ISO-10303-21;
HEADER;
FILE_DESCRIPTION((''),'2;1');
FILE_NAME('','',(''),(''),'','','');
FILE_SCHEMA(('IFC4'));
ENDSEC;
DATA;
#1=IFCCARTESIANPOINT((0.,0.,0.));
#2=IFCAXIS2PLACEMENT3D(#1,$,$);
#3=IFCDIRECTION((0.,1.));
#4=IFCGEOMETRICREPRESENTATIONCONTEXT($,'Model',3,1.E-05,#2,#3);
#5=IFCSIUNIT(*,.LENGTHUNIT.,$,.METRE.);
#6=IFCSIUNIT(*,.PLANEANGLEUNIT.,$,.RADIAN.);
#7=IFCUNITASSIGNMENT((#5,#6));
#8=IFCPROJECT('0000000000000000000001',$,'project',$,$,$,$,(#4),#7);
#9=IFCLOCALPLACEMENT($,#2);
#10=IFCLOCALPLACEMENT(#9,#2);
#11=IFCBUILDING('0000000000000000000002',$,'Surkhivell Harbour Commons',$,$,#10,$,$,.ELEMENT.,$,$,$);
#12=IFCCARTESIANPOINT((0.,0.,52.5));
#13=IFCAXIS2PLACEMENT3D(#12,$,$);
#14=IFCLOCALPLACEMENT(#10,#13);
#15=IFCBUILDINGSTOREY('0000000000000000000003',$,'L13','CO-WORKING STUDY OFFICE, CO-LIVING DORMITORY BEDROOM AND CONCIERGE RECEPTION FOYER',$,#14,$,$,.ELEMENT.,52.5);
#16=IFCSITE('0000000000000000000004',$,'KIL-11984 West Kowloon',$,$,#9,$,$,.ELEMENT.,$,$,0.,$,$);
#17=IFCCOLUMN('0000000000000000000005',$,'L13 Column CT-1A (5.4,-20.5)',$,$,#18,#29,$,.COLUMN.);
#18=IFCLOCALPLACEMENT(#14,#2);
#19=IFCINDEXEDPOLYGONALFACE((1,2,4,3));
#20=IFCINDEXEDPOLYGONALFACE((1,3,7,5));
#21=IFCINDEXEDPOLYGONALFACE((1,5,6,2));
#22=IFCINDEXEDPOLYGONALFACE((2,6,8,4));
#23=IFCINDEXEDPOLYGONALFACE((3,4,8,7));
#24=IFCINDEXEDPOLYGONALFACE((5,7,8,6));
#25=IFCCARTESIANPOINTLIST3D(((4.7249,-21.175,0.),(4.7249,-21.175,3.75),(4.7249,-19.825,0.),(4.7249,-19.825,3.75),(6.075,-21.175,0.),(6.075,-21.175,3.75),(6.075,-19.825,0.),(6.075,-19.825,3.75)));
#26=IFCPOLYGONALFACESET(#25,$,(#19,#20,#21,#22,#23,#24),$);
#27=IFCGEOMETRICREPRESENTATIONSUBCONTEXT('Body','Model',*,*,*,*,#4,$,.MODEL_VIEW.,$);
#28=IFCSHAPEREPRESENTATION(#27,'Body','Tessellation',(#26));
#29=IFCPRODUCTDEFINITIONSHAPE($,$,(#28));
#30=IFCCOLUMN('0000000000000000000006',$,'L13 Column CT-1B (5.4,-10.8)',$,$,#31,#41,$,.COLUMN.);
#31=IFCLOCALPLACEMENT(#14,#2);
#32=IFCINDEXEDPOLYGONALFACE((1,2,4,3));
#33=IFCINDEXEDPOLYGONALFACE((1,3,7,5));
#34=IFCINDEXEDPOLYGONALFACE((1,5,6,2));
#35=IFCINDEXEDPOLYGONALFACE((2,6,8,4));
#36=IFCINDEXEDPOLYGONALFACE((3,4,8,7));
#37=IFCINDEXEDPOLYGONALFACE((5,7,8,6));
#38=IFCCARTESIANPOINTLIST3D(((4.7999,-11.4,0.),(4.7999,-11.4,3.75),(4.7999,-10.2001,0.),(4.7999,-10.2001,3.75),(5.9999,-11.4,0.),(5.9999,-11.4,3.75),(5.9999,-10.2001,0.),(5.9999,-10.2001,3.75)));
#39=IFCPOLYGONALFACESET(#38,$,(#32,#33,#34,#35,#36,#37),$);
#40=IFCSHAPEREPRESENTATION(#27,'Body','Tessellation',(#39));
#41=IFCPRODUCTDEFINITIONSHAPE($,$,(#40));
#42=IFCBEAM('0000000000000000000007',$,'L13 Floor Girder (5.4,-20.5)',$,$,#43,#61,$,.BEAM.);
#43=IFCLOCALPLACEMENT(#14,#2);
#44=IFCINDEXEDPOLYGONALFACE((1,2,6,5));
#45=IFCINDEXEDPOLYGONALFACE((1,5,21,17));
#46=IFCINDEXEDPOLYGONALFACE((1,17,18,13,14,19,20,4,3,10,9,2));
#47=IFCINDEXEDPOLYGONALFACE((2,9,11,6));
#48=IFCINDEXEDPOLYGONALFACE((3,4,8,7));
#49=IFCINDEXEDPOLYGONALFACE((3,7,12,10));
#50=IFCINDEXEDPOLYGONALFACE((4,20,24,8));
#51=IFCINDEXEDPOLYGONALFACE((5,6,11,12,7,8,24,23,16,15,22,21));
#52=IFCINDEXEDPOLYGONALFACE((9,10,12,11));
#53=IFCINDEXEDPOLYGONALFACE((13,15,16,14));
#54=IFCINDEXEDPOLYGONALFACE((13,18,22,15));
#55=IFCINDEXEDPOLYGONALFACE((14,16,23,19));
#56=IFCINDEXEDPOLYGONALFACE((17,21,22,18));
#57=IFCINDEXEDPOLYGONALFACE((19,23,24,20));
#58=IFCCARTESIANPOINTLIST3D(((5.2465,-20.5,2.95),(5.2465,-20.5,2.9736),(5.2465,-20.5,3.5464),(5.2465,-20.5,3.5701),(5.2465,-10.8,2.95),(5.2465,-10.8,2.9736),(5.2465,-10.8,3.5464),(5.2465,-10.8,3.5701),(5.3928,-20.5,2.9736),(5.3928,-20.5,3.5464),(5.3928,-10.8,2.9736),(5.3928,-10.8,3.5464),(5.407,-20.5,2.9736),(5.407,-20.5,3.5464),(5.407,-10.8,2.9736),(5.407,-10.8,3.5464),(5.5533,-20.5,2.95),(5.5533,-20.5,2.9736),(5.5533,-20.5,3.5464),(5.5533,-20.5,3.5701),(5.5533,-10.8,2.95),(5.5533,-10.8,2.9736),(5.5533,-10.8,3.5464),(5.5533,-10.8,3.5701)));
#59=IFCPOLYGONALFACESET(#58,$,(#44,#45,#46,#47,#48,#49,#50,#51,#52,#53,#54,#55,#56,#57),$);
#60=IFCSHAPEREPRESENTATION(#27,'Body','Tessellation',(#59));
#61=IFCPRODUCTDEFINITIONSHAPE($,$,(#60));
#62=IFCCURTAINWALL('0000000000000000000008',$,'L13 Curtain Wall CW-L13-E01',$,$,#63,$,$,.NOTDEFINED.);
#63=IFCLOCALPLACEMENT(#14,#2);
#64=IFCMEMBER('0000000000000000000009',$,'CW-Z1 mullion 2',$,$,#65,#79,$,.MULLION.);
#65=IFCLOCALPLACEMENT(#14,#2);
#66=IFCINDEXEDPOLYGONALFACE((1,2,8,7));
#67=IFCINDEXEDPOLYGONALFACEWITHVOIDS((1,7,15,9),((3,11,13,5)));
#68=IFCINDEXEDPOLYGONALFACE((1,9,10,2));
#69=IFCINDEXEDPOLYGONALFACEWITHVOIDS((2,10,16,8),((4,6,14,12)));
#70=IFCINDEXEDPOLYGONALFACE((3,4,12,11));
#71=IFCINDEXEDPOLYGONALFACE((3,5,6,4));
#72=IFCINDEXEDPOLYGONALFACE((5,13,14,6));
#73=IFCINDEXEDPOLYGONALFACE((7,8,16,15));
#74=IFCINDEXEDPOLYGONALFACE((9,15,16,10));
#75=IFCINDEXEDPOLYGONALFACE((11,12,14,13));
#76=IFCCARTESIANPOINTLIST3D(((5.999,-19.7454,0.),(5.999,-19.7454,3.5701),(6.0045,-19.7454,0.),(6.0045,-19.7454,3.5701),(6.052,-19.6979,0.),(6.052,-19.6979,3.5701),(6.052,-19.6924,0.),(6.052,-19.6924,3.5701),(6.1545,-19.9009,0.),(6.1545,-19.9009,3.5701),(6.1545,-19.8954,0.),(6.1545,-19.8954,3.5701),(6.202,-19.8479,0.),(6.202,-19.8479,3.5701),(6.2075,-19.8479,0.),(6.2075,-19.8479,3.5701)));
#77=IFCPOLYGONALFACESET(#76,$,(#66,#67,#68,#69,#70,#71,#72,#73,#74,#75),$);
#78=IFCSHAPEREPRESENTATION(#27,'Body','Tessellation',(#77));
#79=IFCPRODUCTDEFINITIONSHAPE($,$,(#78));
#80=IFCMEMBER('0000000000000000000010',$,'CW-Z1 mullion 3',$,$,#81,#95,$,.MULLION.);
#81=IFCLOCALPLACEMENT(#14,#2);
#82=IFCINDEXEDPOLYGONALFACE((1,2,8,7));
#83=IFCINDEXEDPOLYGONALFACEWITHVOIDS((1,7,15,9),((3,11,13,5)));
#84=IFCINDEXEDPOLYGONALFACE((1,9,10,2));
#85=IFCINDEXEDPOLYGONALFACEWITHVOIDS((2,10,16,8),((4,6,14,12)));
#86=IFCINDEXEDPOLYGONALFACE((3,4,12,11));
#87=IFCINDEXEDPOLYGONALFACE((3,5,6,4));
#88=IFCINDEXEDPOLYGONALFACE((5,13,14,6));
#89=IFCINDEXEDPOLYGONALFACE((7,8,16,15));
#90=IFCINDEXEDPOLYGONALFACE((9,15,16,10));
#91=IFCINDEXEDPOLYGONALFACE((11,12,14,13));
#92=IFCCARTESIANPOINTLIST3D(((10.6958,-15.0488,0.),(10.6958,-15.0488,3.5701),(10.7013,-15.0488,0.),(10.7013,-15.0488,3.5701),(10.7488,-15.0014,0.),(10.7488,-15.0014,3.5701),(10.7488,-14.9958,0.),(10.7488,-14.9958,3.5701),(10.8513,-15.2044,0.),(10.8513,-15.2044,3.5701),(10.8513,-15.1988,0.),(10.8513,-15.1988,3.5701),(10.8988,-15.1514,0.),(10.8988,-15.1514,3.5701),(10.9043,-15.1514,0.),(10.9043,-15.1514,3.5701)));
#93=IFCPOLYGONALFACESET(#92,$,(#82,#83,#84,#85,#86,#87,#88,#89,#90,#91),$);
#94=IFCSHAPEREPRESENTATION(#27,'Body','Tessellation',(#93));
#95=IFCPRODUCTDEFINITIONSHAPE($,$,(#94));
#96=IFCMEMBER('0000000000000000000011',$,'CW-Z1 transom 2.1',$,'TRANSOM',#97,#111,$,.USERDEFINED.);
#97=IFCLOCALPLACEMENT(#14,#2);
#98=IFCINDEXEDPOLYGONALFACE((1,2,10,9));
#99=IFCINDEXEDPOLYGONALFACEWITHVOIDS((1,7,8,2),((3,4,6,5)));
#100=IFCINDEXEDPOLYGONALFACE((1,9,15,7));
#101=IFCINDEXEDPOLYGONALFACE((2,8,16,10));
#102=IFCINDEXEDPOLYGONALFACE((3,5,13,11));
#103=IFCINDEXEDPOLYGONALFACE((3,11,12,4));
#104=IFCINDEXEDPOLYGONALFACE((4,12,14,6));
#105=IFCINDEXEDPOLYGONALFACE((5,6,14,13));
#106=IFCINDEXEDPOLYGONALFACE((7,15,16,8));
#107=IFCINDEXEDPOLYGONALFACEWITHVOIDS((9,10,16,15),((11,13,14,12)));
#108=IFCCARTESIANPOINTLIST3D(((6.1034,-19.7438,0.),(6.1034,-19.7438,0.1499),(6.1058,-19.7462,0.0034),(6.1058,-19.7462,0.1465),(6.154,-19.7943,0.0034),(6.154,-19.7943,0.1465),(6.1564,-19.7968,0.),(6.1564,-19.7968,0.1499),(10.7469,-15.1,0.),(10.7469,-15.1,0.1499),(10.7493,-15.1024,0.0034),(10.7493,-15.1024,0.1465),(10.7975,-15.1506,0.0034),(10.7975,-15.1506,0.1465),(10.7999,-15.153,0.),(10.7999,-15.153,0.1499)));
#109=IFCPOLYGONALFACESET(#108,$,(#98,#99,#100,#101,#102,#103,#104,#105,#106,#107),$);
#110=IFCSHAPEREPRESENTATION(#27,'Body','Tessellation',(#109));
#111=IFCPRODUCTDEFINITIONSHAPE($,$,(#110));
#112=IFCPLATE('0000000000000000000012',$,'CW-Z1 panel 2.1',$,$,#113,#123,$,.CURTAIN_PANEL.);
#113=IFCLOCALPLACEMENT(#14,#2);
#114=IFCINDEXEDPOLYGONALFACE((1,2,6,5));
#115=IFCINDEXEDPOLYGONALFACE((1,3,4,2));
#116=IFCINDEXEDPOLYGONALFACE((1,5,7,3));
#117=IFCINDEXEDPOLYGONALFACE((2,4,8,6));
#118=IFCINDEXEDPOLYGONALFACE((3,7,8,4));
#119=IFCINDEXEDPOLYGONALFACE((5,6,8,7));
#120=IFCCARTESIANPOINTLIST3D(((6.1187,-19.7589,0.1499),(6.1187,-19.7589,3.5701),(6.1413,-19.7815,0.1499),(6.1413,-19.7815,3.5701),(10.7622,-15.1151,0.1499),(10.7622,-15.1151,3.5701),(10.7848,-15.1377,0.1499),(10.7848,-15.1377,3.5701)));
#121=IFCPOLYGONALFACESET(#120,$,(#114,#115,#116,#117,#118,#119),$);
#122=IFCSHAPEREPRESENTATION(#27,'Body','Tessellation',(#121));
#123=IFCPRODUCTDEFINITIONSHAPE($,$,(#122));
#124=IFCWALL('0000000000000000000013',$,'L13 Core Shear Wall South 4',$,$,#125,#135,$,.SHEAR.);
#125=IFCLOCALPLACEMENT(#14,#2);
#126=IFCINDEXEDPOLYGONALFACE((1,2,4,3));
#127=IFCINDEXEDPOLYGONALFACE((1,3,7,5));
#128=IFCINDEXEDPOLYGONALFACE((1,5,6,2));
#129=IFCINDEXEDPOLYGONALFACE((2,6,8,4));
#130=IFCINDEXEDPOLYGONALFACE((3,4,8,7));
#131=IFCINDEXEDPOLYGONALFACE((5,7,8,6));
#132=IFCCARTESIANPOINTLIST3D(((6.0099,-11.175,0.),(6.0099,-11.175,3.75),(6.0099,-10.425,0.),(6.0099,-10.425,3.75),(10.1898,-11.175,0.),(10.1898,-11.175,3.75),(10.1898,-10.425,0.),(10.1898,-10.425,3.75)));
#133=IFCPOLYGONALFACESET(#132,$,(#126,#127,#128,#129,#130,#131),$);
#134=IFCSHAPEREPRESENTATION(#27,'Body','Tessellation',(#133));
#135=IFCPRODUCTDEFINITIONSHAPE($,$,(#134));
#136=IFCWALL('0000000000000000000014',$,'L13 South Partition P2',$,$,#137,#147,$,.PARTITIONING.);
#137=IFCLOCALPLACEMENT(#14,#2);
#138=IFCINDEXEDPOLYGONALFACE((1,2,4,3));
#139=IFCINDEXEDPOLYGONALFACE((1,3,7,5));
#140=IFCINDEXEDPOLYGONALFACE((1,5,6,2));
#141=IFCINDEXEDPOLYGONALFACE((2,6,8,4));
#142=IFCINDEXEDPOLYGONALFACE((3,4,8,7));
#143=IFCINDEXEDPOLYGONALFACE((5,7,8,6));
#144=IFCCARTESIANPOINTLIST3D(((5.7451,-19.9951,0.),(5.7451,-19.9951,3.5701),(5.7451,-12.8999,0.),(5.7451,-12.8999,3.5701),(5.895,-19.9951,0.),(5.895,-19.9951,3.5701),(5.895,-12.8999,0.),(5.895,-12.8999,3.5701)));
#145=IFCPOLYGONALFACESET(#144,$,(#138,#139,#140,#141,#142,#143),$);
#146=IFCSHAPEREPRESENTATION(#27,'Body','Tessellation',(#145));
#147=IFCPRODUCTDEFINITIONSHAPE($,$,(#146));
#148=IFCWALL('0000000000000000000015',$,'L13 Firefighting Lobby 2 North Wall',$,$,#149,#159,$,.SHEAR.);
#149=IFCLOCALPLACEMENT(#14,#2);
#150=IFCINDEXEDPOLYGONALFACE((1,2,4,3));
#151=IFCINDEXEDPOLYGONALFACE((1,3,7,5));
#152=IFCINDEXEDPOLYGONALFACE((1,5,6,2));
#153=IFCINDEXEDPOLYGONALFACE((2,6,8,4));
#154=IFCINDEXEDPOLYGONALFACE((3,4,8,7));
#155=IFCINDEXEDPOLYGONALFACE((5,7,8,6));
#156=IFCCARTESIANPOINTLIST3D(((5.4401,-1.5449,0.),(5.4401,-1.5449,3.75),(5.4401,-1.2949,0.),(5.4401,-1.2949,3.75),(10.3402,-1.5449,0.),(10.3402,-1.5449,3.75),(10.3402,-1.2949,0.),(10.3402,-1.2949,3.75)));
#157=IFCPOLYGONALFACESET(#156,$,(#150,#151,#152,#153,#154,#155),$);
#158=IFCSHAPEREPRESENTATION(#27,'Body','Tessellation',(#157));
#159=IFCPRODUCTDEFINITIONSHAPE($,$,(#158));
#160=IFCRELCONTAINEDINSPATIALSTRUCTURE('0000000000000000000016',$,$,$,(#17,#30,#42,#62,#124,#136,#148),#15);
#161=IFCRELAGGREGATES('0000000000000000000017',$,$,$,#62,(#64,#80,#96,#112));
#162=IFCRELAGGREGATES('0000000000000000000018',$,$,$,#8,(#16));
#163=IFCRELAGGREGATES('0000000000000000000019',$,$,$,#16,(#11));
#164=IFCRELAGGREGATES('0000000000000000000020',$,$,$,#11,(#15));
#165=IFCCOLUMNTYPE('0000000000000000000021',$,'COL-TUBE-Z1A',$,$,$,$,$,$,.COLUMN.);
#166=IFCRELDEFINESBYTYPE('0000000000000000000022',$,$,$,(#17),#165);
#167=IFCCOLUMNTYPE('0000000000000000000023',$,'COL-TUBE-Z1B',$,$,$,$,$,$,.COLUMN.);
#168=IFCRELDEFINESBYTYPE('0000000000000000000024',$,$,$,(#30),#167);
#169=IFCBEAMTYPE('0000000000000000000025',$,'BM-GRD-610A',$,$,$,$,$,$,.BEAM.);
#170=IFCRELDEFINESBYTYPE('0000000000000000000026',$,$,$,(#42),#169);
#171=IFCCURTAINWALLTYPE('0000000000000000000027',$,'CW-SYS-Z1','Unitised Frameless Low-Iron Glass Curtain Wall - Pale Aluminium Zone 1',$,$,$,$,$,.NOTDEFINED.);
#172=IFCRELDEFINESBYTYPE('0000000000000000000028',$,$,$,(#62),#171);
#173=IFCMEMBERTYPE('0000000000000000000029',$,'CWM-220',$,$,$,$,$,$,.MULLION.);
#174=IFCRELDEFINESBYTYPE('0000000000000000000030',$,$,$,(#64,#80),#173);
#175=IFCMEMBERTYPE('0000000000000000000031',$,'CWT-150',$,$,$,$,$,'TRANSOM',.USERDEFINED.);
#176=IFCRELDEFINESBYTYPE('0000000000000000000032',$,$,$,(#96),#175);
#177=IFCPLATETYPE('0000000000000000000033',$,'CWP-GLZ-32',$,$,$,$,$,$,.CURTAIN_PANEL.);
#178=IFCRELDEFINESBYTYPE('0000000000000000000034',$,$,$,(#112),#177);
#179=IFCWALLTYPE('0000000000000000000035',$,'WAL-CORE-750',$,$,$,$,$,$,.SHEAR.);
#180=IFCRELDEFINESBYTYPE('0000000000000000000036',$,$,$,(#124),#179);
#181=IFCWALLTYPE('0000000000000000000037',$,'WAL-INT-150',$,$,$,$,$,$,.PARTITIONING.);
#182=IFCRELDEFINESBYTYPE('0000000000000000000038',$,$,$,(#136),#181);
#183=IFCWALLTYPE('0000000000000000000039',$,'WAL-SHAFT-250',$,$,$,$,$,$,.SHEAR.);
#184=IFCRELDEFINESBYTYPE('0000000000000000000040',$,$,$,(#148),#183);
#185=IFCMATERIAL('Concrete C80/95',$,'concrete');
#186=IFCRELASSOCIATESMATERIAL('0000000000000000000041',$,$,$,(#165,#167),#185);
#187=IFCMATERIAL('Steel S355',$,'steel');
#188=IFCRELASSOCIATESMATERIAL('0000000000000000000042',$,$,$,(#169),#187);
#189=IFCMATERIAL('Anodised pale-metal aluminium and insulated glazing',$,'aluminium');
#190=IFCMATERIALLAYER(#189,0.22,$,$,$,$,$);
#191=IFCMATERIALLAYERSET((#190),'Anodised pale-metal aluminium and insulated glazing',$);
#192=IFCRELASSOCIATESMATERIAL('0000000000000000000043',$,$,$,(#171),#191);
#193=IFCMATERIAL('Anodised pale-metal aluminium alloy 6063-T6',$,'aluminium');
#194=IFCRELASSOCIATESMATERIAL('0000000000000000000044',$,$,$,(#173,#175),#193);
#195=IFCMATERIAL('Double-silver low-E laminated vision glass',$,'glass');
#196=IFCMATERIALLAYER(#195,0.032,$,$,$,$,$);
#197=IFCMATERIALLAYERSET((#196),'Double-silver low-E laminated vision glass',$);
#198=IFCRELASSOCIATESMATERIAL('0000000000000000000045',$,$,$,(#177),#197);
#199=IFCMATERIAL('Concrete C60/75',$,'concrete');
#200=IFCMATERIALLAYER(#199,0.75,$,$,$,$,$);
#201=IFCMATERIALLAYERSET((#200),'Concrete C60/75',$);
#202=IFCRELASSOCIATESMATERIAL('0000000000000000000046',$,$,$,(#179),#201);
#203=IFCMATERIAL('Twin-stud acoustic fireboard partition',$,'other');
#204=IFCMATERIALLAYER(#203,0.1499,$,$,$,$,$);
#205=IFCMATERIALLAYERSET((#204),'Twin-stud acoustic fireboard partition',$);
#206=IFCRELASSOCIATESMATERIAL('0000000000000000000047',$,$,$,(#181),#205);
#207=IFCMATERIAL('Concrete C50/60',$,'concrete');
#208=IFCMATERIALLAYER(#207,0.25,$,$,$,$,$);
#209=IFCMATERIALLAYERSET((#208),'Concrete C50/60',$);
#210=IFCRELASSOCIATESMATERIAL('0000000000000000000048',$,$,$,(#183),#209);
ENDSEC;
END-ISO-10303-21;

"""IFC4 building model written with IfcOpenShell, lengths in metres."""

from ifc_helpers import new_model, si_unit, direction, frame, frame_2d, origin, origin_2d, place, context, subcontext, project, spatial, rectangle, hollow_rectangle, i_section, extrude, material, layer, layer_set, material_profile, profile_set, type_object, element, aggregate, save


model = new_model("IFC4")

# Units and contexts
model_context = context("Model", 3, precision=1e-05, world=origin(), true_north=direction((0.0, 1.0)))
body_context = subcontext(model_context, "Body", "Model", "MODEL_VIEW")
ifc_project = project(units=[si_unit("LENGTHUNIT", "METRE"), si_unit("PLANEANGLEUNIT", "RADIAN")], contexts=[model_context])

# Site, building, storey
site_placement = place(None, origin())
site = spatial("IfcSite", under=ifc_project, at=site_placement, Name="KIL-11984 West Kowloon", CompositionType="ELEMENT", RefElevation=0.0)
building_placement = place(site_placement, origin())
building = spatial("IfcBuilding", under=site, at=building_placement, Name="Surkhivell Harbour Commons", CompositionType="ELEMENT")
storey_placement = place(building_placement, frame((0.0, 0.0, 52.5)))
storey = spatial("IfcBuildingStorey", under=building, at=storey_placement, Name="L13", Description="CO-WORKING STUDY OFFICE, CO-LIVING DORMITORY BEDROOM AND CONCIERGE RECEPTION FOYER", CompositionType="ELEMENT", Elevation=52.5)

# Columns
ifc_material_1 = material(Name="Concrete C80/95", Category="concrete")
ifc_material_profile_1 = material_profile(ifc_material_1, rectangle(XDim=1.3501, YDim=1.3501, at=origin_2d()), Name="RC-COL-1350x1350")
ifc_profile_set_1 = profile_set([ifc_material_profile_1], Name="Concrete C80/95")
column_type_1 = type_object("IfcColumnType", Name="COL-TUBE-Z1A", PredefinedType="COLUMN", material=ifc_profile_set_1)
column_1_placement = place(storey_placement, frame((5.3999, -20.5, 0.0), z_axis=(0.0, 0.0, 1.0), x_axis=(1.0, 0.0, 0.0)))
element("IfcColumn", 1, at=column_1_placement, inside=storey, type_object=column_type_1, Name="L13 Column CT-1A (5.4,-20.5)", PredefinedType="COLUMN", context=body_context, shape_type="SweptSolid", body=[
    extrude(rectangle(XDim=1.3501, YDim=1.3501, at=origin_2d()), origin(), (0.0, 0.0, 1.0), 3.75),
])
ifc_material_profile_2 = material_profile(ifc_material_1, rectangle(XDim=1.2, YDim=1.2, at=origin_2d()), Name="RC-COL-1200x1200")
ifc_profile_set_2 = profile_set([ifc_material_profile_2], Name="Concrete C80/95")
column_type_2 = type_object("IfcColumnType", Name="COL-TUBE-Z1B", PredefinedType="COLUMN", material=ifc_profile_set_2)
column_2_placement = place(storey_placement, frame((5.3999, -10.8, 0.0), z_axis=(0.0, 0.0, 1.0), x_axis=(1.0, 0.0, 0.0)))
element("IfcColumn", 2, at=column_2_placement, inside=storey, type_object=column_type_2, Name="L13 Column CT-1B (5.4,-10.8)", PredefinedType="COLUMN", context=body_context, shape_type="SweptSolid", body=[
    extrude(rectangle(XDim=1.2, YDim=1.2, at=origin_2d()), origin(), (0.0, 0.0, 1.0), 3.75),
])

# Beam
ifc_material_2 = material(Name="Steel S355", Category="steel")
ifc_material_profile_3 = material_profile(ifc_material_2, i_section(OverallWidth=0.3069, OverallDepth=0.6201, WebThickness=0.0142, FlangeThickness=0.0237, at=origin_2d()), Name="UB610x305x179")
ifc_profile_set_3 = profile_set([ifc_material_profile_3], Name="Steel S355")
beam_type = type_object("IfcBeamType", Name="BM-GRD-610A", PredefinedType="BEAM", material=ifc_profile_set_3)
beam_placement = place(storey_placement, frame((5.3999, -20.5, 3.26), z_axis=(0.0, 1.0, 0.0), x_axis=(-1.0, 0.0, 0.0)))
element("IfcBeam", 3, at=beam_placement, inside=storey, type_object=beam_type, Name="L13 Floor Girder (5.4,-20.5)", PredefinedType="BEAM", context=body_context, shape_type="SweptSolid", body=[
    extrude(i_section(OverallWidth=0.3069, OverallDepth=0.6201, WebThickness=0.0142, FlangeThickness=0.0237, at=origin_2d()), origin(), (0.0, 0.0, 1.0), 9.7),
])

# Curtain wall, members, plate
ifc_material_3 = material(Name="Anodised pale-metal aluminium and insulated glazing", Category="aluminium")
ifc_layer_1 = layer(ifc_material_3, 0.22)
ifc_layer_set_1 = layer_set([ifc_layer_1], Name="Anodised pale-metal aluminium and insulated glazing")
curtain_wall_type = type_object("IfcCurtainWallType", Name="CW-SYS-Z1", Description="Unitised Frameless Low-Iron Glass Curtain Wall - Pale Aluminium Zone 1", PredefinedType="NOTDEFINED", material=ifc_layer_set_1)
curtain_wall_placement = place(storey_placement, origin())
curtain_wall = element("IfcCurtainWall", 4, at=curtain_wall_placement, inside=storey, type_object=curtain_wall_type, Name="L13 Curtain Wall CW-L13-E01", PredefinedType="NOTDEFINED")
ifc_material_4 = material(Name="Anodised pale-metal aluminium alloy 6063-T6", Category="aluminium")
ifc_material_profile_4 = material_profile(ifc_material_4, hollow_rectangle(XDim=0.075, YDim=0.22, WallThickness=0.0039, at=origin_2d()), Name="ALU-MULL-75x220")
ifc_profile_set_4 = profile_set([ifc_material_profile_4], Name="Anodised pale-metal aluminium alloy 6063-T6")
member_type_1 = type_object("IfcMemberType", Name="CWM-220", PredefinedType="MULLION", material=ifc_profile_set_4)
member_1_placement = place(storey_placement, frame((6.1033, -19.7966, 0.0), z_axis=(0.0, 0.0, 1.0), x_axis=(0.707107, 0.707107, 0.0)))
member_1 = element("IfcMember", 5, at=member_1_placement, type_object=member_type_1, Name="CW-Z1 mullion 2", PredefinedType="MULLION", context=body_context, shape_type="SweptSolid", body=[
    extrude(hollow_rectangle(XDim=0.075, YDim=0.22, WallThickness=0.0039, at=origin_2d()), origin(), (0.0, 0.0, 1.0), 3.5701),
])
member_2_placement = place(storey_placement, frame((10.8, -15.1001, 0.0), z_axis=(0.0, 0.0, 1.0), x_axis=(0.707107, 0.707107, 0.0)))
member_2 = element("IfcMember", 6, at=member_2_placement, type_object=member_type_1, Name="CW-Z1 mullion 3", PredefinedType="MULLION", context=body_context, shape_type="SweptSolid", body=[
    extrude(hollow_rectangle(XDim=0.075, YDim=0.22, WallThickness=0.0039, at=origin_2d()), origin(), (0.0, 0.0, 1.0), 3.5701),
])
ifc_material_profile_5 = material_profile(ifc_material_4, hollow_rectangle(XDim=0.075, YDim=0.1499, WallThickness=0.0034, at=origin_2d()), Name="ALU-TRAN-75x150")
ifc_profile_set_5 = profile_set([ifc_material_profile_5], Name="Anodised pale-metal aluminium alloy 6063-T6")
member_type_2 = type_object("IfcMemberType", Name="CWT-150", ElementType="TRANSOM", PredefinedType="USERDEFINED", material=ifc_profile_set_5)
member_3_placement = place(storey_placement, frame((6.1299, -19.7703, 0.075), z_axis=(0.707088, 0.707125, 0.0), x_axis=(-0.707125, 0.707088, 0.0)))
member_3 = element("IfcMember", 7, at=member_3_placement, type_object=member_type_2, Name="CW-Z1 transom 2.1", ObjectType="TRANSOM", PredefinedType="USERDEFINED", context=body_context, shape_type="SweptSolid", body=[
    extrude(hollow_rectangle(XDim=0.075, YDim=0.1499, WallThickness=0.0034, at=origin_2d()), origin(), (0.0, 0.0, 1.0), 6.5671),
])
ifc_material_5 = material(Name="Double-silver low-E laminated vision glass", Category="glass")
ifc_layer_2 = layer(ifc_material_5, 0.032)
ifc_layer_set_2 = layer_set([ifc_layer_2], Name="Double-silver low-E laminated vision glass")
plate_type = type_object("IfcPlateType", Name="CWP-GLZ-32", PredefinedType="CURTAIN_PANEL", material=ifc_layer_set_2)
plate_placement = place(storey_placement, frame((6.1299, -19.7703, 0.1499), z_axis=(0.0, 0.0, 1.0), x_axis=(0.707088, 0.707125, 0.0)))
plate = element("IfcPlate", 8, at=plate_placement, type_object=plate_type, Name="CW-Z1 panel 2.1", PredefinedType="CURTAIN_PANEL", context=body_context, shape_type="SweptSolid", body=[
    extrude(rectangle(XDim=6.5671, YDim=0.032, at=frame_2d((3.2837, 0.0))), origin(), (0.0, 0.0, 1.0), 3.4202),
])
aggregate(curtain_wall, [member_1, member_2, member_3, plate])

# Walls
ifc_material_6 = material(Name="Concrete C60/75", Category="concrete")
ifc_layer_3 = layer(ifc_material_6, 0.75)
ifc_layer_set_3 = layer_set([ifc_layer_3], Name="Concrete C60/75")
wall_type_1 = type_object("IfcWallType", Name="WAL-CORE-750", PredefinedType="SHEAR", material=ifc_layer_set_3)
wall_1_placement = place(storey_placement, frame((6.01, -10.8, 0.0), z_axis=(0.0, 0.0, 1.0), x_axis=(1.0, 0.0, 0.0)))
element("IfcWall", 9, at=wall_1_placement, inside=storey, type_object=wall_type_1, Name="L13 Core Shear Wall South 4", PredefinedType="SHEAR", context=body_context, shape_type="SweptSolid", body=[
    extrude(rectangle(XDim=4.1799, YDim=0.75, at=frame_2d((2.0898, 0.0))), origin(), (0.0, 0.0, 1.0), 3.75),
])
ifc_material_7 = material(Name="Twin-stud acoustic fireboard partition", Category="other")
ifc_layer_4 = layer(ifc_material_7, 0.1499)
ifc_layer_set_4 = layer_set([ifc_layer_4], Name="Twin-stud acoustic fireboard partition")
wall_type_2 = type_object("IfcWallType", Name="WAL-INT-150", PredefinedType="PARTITIONING", material=ifc_layer_set_4)
wall_2_placement = place(storey_placement, frame((5.8201, -19.9951, 0.0), z_axis=(0.0, 0.0, 1.0), x_axis=(0.0, 1.0, 0.0)))
element("IfcWall", 10, at=wall_2_placement, inside=storey, type_object=wall_type_2, Name="L13 South Partition P2", PredefinedType="PARTITIONING", context=body_context, shape_type="SweptSolid", body=[
    extrude(rectangle(XDim=7.0952, YDim=0.1499, at=frame_2d((3.5476, 0.0))), origin(), (0.0, 0.0, 1.0), 3.5701),
])
ifc_material_8 = material(Name="Concrete C50/60", Category="concrete")
ifc_layer_5 = layer(ifc_material_8, 0.25)
ifc_layer_set_5 = layer_set([ifc_layer_5], Name="Concrete C50/60")
wall_type_3 = type_object("IfcWallType", Name="WAL-SHAFT-250", PredefinedType="SHEAR", material=ifc_layer_set_5)
wall_3_placement = place(storey_placement, frame((5.4399, -1.4199, 0.0), z_axis=(0.0, 0.0, 1.0), x_axis=(1.0, 0.0, 0.0)))
element("IfcWall", 11, at=wall_3_placement, inside=storey, type_object=wall_type_3, Name="L13 Firefighting Lobby 2 North Wall", PredefinedType="SHEAR", context=body_context, shape_type="SweptSolid", body=[
    extrude(rectangle(XDim=4.9001, YDim=0.25, at=frame_2d((2.4502, 0.0))), origin(), (0.0, 0.0, 1.0), 3.75),
])

save(model, "model.ifc")
